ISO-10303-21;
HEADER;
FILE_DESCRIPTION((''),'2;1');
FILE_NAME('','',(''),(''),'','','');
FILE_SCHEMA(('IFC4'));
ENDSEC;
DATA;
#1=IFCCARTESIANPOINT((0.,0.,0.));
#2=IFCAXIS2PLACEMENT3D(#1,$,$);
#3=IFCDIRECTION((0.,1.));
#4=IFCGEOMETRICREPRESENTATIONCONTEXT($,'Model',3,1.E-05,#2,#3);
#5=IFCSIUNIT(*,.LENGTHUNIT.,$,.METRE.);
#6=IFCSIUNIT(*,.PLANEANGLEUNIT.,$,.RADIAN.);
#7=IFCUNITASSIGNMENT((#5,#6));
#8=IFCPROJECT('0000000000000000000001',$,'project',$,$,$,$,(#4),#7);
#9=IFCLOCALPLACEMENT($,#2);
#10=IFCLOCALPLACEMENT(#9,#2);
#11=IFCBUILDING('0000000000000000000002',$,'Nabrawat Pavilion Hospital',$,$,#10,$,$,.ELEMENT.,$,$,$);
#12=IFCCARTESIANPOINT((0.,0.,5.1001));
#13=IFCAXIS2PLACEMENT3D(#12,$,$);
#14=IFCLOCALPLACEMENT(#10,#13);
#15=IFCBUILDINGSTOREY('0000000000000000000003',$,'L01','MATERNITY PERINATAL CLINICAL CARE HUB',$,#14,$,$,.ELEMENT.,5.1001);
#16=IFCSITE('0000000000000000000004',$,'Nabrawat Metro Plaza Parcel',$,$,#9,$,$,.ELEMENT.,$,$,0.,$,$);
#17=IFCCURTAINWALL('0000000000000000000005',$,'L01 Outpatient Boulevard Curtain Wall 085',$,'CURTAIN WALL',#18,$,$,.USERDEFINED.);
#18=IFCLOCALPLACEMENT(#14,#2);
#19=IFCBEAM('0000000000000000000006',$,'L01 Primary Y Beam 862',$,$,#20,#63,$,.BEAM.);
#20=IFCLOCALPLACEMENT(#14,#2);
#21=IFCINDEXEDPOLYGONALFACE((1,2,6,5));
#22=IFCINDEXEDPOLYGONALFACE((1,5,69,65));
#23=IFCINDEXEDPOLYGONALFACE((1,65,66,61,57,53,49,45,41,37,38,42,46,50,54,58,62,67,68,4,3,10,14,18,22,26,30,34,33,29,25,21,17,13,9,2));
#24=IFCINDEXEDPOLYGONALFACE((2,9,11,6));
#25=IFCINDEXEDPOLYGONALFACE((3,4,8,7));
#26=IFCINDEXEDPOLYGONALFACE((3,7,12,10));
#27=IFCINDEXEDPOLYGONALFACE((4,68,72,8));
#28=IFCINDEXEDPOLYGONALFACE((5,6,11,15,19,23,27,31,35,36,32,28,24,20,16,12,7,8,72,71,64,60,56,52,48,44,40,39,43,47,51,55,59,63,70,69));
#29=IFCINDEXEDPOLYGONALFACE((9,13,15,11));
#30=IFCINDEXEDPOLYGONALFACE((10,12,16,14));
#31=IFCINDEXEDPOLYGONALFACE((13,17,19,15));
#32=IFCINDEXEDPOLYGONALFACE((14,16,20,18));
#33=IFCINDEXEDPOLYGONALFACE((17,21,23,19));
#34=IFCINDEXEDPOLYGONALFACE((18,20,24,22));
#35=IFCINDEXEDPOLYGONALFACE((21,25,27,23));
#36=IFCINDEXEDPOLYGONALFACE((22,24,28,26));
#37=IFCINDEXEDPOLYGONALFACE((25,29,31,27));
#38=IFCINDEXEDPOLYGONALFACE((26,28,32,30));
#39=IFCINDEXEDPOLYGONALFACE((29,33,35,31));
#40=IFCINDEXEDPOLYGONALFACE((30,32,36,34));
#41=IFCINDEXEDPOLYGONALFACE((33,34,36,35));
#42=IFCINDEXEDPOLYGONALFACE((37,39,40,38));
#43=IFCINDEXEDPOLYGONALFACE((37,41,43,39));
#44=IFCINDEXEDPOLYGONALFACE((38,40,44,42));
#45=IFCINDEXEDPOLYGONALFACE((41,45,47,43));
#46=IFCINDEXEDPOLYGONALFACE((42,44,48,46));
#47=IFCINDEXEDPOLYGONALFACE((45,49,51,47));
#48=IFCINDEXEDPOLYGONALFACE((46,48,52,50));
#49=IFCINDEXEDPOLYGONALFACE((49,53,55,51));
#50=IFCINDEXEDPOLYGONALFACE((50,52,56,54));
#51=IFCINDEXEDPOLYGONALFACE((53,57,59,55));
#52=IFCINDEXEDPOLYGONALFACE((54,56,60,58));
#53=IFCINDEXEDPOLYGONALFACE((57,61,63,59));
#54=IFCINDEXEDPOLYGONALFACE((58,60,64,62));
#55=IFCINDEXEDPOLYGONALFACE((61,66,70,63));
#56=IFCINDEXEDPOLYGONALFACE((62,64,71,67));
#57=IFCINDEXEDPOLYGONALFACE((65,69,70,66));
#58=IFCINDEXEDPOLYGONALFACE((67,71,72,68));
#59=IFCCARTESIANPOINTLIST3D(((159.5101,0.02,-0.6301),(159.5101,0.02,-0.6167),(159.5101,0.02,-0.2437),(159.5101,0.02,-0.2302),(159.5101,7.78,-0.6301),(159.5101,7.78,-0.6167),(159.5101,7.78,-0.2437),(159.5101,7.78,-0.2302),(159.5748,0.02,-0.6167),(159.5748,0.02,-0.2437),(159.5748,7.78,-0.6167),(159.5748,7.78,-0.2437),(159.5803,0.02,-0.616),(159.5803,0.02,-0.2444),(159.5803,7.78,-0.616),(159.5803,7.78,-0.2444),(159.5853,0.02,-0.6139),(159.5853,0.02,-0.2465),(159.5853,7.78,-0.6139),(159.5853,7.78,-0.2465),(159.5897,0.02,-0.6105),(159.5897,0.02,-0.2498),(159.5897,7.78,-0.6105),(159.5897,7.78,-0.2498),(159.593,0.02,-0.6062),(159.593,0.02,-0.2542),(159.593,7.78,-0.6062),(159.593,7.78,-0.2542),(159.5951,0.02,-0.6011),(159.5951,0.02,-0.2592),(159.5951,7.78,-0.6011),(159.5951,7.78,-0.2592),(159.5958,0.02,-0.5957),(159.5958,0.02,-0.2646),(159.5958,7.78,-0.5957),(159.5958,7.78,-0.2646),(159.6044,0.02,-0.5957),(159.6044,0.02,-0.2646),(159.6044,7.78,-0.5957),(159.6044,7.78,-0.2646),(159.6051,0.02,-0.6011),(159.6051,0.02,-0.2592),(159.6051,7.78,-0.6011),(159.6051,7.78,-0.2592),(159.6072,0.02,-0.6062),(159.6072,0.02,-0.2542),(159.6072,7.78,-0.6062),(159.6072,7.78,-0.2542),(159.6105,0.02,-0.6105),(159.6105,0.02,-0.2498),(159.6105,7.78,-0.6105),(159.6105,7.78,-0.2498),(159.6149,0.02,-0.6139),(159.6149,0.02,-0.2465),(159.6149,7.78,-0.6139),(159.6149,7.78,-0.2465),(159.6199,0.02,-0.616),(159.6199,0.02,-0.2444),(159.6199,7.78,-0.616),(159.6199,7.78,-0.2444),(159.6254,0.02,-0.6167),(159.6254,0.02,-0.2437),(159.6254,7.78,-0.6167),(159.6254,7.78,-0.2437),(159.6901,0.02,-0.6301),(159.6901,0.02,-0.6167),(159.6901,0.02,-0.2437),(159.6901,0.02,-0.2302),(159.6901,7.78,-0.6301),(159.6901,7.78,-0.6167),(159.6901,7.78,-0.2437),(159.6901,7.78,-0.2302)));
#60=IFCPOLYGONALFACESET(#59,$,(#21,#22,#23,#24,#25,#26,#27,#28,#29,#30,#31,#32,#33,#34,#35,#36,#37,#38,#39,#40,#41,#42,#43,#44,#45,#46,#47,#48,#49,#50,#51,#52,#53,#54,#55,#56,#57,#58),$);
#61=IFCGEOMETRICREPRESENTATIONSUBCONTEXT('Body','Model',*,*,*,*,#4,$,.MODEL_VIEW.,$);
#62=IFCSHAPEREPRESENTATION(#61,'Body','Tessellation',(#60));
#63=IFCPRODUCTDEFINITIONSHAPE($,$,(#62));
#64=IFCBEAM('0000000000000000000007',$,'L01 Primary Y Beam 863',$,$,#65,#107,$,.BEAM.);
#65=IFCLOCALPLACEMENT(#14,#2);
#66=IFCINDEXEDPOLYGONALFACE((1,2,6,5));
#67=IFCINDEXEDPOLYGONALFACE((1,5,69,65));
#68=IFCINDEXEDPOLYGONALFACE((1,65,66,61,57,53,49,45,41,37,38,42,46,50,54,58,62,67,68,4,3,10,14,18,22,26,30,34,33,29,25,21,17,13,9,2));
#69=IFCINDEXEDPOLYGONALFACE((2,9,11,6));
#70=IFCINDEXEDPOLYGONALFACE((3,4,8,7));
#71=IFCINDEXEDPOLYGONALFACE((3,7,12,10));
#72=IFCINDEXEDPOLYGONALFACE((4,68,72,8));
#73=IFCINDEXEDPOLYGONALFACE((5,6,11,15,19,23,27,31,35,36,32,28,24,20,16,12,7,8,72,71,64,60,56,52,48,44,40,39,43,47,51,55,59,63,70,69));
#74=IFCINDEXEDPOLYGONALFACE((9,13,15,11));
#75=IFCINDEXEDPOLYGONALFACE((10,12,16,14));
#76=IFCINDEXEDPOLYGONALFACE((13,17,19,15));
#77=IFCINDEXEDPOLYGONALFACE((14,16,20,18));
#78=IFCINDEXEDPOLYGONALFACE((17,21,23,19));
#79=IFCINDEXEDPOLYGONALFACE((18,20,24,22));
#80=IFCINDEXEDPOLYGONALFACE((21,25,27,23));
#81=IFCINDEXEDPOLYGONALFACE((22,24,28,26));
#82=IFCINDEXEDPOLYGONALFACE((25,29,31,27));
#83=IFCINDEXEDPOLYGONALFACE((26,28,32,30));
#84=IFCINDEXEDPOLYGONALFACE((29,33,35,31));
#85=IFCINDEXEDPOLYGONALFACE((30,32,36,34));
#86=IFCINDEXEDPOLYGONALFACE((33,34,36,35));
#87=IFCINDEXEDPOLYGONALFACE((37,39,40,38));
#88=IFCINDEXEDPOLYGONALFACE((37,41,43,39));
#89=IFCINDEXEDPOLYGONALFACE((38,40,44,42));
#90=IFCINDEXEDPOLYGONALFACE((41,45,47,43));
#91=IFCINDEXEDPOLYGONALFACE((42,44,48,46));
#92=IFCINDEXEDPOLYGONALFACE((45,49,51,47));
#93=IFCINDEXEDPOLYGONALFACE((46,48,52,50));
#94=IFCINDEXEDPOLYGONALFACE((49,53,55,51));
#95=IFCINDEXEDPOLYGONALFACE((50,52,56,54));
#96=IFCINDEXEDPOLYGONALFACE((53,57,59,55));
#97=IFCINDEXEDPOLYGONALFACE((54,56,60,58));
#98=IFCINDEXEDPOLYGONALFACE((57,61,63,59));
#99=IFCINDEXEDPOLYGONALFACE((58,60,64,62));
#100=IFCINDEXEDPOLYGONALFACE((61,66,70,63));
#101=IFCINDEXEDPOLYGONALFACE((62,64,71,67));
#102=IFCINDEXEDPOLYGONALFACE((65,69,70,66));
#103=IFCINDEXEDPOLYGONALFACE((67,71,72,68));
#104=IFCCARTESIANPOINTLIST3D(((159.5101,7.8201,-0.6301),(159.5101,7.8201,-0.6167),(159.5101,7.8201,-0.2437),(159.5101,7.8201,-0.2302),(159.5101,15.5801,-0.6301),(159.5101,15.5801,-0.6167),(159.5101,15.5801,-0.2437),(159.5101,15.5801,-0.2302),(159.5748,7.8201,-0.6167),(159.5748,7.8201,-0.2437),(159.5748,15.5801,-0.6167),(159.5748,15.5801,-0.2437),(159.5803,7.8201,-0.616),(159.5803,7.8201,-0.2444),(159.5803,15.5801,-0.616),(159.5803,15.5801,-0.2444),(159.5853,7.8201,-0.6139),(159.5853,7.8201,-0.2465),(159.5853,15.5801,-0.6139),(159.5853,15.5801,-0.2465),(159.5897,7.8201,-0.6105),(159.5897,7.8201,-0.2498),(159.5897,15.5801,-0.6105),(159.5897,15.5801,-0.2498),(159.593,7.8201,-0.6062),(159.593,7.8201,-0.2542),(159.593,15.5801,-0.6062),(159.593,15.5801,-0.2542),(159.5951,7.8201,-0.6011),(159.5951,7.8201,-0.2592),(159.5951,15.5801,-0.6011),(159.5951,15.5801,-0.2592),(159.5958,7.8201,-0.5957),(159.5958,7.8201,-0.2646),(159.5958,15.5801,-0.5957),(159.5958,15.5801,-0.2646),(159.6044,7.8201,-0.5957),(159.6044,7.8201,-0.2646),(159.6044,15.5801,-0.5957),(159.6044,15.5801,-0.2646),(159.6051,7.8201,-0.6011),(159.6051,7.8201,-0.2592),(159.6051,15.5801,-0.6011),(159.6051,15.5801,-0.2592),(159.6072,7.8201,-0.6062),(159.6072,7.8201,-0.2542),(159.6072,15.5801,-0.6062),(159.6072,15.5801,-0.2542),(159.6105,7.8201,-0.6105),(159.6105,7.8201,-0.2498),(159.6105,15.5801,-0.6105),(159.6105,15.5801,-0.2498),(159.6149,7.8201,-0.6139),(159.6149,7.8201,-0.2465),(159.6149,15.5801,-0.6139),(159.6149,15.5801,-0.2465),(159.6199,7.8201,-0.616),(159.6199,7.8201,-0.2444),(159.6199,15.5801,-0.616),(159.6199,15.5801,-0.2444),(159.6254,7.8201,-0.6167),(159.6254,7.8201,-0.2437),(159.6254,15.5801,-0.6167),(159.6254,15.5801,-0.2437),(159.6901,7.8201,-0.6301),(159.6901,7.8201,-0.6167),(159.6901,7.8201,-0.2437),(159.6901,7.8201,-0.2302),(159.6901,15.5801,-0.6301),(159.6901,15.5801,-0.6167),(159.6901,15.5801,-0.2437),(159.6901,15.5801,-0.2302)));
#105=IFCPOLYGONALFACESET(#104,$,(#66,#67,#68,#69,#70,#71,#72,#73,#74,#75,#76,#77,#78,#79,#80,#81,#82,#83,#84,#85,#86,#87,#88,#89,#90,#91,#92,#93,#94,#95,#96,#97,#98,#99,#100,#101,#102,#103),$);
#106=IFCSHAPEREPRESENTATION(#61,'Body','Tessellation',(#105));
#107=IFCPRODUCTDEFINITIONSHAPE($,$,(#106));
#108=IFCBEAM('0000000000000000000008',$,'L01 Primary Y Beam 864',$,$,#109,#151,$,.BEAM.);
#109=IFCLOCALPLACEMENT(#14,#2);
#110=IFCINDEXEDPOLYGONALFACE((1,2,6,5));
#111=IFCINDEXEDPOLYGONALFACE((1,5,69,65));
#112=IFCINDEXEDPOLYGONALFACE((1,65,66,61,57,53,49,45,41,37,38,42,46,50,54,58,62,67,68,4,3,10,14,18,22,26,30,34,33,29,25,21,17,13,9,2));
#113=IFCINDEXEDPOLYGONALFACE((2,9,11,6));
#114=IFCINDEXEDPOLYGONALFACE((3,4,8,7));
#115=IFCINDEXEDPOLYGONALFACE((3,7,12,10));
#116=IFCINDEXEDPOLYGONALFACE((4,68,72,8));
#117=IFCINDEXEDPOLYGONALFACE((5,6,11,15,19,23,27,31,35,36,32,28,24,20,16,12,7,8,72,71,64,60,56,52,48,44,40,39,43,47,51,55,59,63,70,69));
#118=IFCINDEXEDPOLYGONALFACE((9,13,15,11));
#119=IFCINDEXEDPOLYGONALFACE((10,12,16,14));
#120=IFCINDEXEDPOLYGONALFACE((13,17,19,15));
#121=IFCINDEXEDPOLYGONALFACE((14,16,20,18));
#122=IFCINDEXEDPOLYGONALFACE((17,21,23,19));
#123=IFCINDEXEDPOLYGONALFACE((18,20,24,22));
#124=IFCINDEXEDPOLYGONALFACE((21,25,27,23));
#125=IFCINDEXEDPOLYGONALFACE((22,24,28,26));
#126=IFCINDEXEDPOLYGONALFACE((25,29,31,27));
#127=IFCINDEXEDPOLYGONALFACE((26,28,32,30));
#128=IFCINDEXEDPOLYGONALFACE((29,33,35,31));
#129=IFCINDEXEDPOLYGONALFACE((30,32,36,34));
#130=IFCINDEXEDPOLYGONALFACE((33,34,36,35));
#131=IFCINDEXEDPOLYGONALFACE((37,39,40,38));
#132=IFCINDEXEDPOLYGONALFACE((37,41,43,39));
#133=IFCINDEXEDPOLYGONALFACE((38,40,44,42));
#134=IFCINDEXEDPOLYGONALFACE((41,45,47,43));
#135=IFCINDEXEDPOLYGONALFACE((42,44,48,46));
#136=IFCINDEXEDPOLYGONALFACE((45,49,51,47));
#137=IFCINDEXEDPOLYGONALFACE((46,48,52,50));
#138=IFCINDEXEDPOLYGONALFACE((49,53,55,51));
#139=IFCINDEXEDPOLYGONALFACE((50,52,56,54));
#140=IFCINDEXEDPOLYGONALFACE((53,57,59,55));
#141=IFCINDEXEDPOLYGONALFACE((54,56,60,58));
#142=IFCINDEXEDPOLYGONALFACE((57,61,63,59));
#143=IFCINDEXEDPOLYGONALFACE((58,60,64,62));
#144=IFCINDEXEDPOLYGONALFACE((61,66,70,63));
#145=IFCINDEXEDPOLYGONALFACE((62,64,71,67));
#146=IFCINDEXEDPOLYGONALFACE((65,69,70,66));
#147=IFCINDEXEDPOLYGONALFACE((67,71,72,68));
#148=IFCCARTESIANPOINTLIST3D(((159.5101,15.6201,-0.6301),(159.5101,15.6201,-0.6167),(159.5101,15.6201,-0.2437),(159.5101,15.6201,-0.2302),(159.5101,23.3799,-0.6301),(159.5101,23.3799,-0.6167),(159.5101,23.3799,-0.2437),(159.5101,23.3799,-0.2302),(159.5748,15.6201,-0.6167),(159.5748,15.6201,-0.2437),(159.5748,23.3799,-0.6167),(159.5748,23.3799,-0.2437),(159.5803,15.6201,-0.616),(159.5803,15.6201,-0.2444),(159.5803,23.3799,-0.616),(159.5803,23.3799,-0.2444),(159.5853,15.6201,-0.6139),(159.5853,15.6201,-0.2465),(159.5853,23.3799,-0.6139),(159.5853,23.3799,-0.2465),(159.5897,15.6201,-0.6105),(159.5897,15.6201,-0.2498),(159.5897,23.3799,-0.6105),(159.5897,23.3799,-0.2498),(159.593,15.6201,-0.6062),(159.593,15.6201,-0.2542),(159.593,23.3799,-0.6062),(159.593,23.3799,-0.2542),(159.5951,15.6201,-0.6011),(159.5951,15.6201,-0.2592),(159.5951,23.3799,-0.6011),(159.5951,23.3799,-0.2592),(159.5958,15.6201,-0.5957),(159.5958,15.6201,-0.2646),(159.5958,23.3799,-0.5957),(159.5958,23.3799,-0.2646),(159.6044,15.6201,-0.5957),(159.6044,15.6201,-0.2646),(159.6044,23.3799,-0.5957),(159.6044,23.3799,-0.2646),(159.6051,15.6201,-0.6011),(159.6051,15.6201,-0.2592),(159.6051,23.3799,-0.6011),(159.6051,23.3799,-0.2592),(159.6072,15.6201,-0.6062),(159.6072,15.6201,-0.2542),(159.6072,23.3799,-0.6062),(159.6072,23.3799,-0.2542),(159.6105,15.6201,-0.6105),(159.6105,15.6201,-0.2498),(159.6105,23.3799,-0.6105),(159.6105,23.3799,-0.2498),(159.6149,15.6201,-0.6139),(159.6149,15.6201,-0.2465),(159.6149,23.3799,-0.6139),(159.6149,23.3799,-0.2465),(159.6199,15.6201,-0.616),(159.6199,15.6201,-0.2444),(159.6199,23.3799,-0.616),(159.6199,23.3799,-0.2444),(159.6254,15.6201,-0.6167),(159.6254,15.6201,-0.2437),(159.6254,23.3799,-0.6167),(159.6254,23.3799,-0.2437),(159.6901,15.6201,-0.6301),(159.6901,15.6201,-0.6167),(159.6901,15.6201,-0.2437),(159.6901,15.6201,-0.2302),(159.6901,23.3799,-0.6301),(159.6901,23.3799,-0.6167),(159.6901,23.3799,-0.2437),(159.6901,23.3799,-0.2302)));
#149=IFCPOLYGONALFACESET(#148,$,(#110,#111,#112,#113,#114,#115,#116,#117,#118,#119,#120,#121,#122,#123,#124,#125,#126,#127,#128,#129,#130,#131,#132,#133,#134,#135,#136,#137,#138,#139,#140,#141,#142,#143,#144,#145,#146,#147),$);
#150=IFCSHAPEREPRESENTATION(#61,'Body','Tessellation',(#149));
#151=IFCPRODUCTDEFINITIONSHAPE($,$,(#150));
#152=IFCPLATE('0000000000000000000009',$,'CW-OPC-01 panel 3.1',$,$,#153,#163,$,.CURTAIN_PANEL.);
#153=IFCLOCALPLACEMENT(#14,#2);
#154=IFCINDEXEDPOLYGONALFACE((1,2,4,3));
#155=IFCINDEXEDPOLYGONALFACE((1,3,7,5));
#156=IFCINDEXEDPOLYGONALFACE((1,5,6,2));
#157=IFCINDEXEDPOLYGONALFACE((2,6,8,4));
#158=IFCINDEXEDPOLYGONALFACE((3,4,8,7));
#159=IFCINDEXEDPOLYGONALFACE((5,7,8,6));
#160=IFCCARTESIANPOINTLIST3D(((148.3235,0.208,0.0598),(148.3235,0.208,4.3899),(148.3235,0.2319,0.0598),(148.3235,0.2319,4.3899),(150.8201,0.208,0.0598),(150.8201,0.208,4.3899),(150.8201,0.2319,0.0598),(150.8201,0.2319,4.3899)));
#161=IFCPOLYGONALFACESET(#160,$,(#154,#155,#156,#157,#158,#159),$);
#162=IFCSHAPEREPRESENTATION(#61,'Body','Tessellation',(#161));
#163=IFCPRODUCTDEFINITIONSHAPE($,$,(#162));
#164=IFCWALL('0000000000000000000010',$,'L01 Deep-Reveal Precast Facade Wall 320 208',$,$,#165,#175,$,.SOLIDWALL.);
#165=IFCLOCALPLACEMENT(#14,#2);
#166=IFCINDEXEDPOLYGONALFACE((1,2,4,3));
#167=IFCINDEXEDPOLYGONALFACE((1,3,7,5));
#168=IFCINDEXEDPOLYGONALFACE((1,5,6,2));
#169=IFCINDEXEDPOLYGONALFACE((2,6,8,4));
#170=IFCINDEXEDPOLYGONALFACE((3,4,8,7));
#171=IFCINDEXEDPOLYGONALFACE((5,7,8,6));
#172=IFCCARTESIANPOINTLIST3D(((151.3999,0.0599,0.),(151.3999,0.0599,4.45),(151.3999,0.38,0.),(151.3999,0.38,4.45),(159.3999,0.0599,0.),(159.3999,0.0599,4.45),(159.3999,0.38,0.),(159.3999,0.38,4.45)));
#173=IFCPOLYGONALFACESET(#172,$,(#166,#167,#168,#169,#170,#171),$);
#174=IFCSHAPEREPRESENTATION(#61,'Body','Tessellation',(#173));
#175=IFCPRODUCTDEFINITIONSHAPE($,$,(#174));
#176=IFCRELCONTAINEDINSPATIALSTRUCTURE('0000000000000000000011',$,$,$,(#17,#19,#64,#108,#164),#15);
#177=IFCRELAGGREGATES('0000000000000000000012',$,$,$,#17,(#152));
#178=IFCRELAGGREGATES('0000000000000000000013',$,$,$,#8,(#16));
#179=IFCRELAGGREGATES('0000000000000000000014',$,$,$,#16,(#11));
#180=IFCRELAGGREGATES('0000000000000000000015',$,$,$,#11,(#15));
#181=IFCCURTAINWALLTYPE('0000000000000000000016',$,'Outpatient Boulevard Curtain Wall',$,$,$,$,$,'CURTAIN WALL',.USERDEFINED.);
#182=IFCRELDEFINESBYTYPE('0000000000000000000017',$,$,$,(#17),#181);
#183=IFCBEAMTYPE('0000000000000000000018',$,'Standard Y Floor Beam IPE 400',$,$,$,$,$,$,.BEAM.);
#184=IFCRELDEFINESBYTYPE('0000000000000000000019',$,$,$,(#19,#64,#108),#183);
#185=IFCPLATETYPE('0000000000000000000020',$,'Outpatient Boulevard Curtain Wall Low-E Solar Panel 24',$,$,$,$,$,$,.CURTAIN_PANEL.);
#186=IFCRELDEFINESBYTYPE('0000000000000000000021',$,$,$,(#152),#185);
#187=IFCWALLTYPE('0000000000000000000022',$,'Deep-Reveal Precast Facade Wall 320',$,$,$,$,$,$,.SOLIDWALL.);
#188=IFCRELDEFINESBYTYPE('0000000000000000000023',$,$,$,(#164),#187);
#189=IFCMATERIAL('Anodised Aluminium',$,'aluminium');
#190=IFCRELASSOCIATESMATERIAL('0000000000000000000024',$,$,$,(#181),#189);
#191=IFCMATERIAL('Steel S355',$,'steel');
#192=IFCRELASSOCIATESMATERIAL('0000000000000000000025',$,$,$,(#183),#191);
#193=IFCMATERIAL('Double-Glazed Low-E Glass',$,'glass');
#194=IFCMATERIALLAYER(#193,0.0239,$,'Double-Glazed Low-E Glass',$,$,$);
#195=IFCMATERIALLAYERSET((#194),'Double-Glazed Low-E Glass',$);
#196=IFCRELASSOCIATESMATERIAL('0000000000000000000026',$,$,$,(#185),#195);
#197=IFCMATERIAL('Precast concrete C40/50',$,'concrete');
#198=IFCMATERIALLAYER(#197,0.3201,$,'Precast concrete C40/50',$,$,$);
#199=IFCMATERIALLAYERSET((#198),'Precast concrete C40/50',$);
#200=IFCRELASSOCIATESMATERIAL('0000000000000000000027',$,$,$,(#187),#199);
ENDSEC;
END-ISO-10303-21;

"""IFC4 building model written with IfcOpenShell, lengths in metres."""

from ifc_helpers import new_model, si_unit, direction, frame, frame_2d, origin, origin_2d, place, context, subcontext, project, spatial, rectangle, i_section, extrude, material, layer, layer_set, material_profile, profile_set, type_object, element, aggregate, save


model = new_model("IFC4")

# Units and contexts
model_context = context("Model", 3, precision=1e-05, world=origin(), true_north=direction((0.0, 1.0)))
body_context = subcontext(model_context, "Body", "Model", "MODEL_VIEW")
ifc_project = project(units=[si_unit("LENGTHUNIT", "METRE"), si_unit("PLANEANGLEUNIT", "RADIAN")], contexts=[model_context])

# Site, building, storey
site_placement = place(None, origin())
site = spatial("IfcSite", under=ifc_project, at=site_placement, Name="Nabrawat Metro Plaza Parcel", CompositionType="ELEMENT", RefElevation=0.0)
building_placement = place(site_placement, origin())
building = spatial("IfcBuilding", under=site, at=building_placement, Name="Nabrawat Pavilion Hospital", CompositionType="ELEMENT")
storey_placement = place(building_placement, frame((0.0, 0.0, 5.1001)))
storey = spatial("IfcBuildingStorey", under=building, at=storey_placement, Name="L01", Description="MATERNITY PERINATAL CLINICAL CARE HUB", CompositionType="ELEMENT", Elevation=5.1001)

# Shared definitions
ifc_material_1 = material(Name="Steel S355", Category="steel")

# Curtain wall
ifc_material_2 = material(Name="Anodised Aluminium", Category="aluminium")
curtain_wall_type = type_object("IfcCurtainWallType", Name="Outpatient Boulevard Curtain Wall", ElementType="CURTAIN WALL", PredefinedType="USERDEFINED", material=ifc_material_2)
curtain_wall_placement = place(storey_placement, origin())
curtain_wall = element("IfcCurtainWall", 1, at=curtain_wall_placement, inside=storey, type_object=curtain_wall_type, Name="L01 Outpatient Boulevard Curtain Wall 085", ObjectType="CURTAIN WALL", PredefinedType="USERDEFINED")

# Beams
ifc_material_profile_1 = material_profile(ifc_material_1, i_section(OverallWidth=0.1799, OverallDepth=0.3999, WebThickness=0.0085, FlangeThickness=0.0134, FilletRadius=0.021, at=origin_2d()), Name="IPE 400")
ifc_profile_set_1 = profile_set([ifc_material_profile_1], Name="Steel S355")
beam_type_1 = type_object("IfcBeamType", Name="Standard Y Floor Beam IPE 400", PredefinedType="BEAM", material=ifc_profile_set_1)
for number, where, z_axis, x_axis, name in (
    (2, (159.6001, 0.02, -0.4302), (0.0, 1.0, 0.0), (-1.0, 0.0, 0.0), "L01 Primary Y Beam 862"),
    (3, (159.6001, 7.8201, -0.4302), (0.0, 1.0, 0.0), (-1.0, 0.0, 0.0), "L01 Primary Y Beam 863"),
):
    element("IfcBeam", number, at=place(storey_placement, frame(where, z_axis=z_axis, x_axis=x_axis)), inside=storey, type_object=beam_type_1, Name=name, PredefinedType="BEAM", context=body_context, shape_type="SweptSolid", body=[
        extrude(i_section(OverallWidth=0.1799, OverallDepth=0.3999, WebThickness=0.0085, FlangeThickness=0.0134, FilletRadius=0.021, at=origin_2d()), origin(), (0.0, 0.0, 1.0), 7.76),
    ])
beam_1_placement = place(storey_placement, frame((159.6001, 15.6201, -0.4302), z_axis=(0.0, 1.0, 0.0), x_axis=(-1.0, 0.0, 0.0)))
element("IfcBeam", 4, at=beam_1_placement, inside=storey, type_object=beam_type_1, Name="L01 Primary Y Beam 864", PredefinedType="BEAM", context=body_context, shape_type="SweptSolid", body=[
    extrude(i_section(OverallWidth=0.1799, OverallDepth=0.3999, WebThickness=0.0085, FlangeThickness=0.0134, FilletRadius=0.021, at=origin_2d()), origin(), (0.0, 0.0, 1.0), 7.7598),
])

# Plate
ifc_material_3 = material(Name="Double-Glazed Low-E Glass", Category="glass")
ifc_layer_1 = layer(ifc_material_3, 0.0239, Name="Double-Glazed Low-E Glass")
ifc_layer_set_1 = layer_set([ifc_layer_1], Name="Double-Glazed Low-E Glass")
plate_type = type_object("IfcPlateType", Name="Outpatient Boulevard Curtain Wall Low-E Solar Panel 24", PredefinedType="CURTAIN_PANEL", material=ifc_layer_set_1)
plate_placement = place(storey_placement, frame((149.5718, 0.22, 0.0598), z_axis=(0.0, 0.0, 1.0), x_axis=(1.0, 0.0, 0.0)))
plate = element("IfcPlate", 5, at=plate_placement, type_object=plate_type, Name="CW-OPC-01 panel 3.1", PredefinedType="CURTAIN_PANEL", context=body_context, shape_type="SweptSolid", body=[
    extrude(rectangle(XDim=2.4966, YDim=0.0239, at=origin_2d()), origin(), (0.0, 0.0, 1.0), 4.3301),
])
aggregate(curtain_wall, [plate])

# Wall
ifc_material_4 = material(Name="Precast concrete C40/50", Category="concrete")
ifc_layer_2 = layer(ifc_material_4, 0.3201, Name="Precast concrete C40/50")
ifc_layer_set_2 = layer_set([ifc_layer_2], Name="Precast concrete C40/50")
wall_type_1 = type_object("IfcWallType", Name="Deep-Reveal Precast Facade Wall 320", PredefinedType="SOLIDWALL", material=ifc_layer_set_2)
wall_1_placement = place(storey_placement, frame((151.3999, 0.22, 0.0), z_axis=(0.0, 0.0, 1.0), x_axis=(1.0, 0.0, 0.0)))
element("IfcWall", 6, at=wall_1_placement, inside=storey, type_object=wall_type_1, Name="L01 Deep-Reveal Precast Facade Wall 320 208", PredefinedType="SOLIDWALL", context=body_context, shape_type="SweptSolid", body=[
    extrude(rectangle(XDim=8.0, YDim=0.3201, at=frame_2d((4.0, 0.0))), origin(), (0.0, 0.0, 1.0), 4.45),
])

save(model, "model.ifc")
